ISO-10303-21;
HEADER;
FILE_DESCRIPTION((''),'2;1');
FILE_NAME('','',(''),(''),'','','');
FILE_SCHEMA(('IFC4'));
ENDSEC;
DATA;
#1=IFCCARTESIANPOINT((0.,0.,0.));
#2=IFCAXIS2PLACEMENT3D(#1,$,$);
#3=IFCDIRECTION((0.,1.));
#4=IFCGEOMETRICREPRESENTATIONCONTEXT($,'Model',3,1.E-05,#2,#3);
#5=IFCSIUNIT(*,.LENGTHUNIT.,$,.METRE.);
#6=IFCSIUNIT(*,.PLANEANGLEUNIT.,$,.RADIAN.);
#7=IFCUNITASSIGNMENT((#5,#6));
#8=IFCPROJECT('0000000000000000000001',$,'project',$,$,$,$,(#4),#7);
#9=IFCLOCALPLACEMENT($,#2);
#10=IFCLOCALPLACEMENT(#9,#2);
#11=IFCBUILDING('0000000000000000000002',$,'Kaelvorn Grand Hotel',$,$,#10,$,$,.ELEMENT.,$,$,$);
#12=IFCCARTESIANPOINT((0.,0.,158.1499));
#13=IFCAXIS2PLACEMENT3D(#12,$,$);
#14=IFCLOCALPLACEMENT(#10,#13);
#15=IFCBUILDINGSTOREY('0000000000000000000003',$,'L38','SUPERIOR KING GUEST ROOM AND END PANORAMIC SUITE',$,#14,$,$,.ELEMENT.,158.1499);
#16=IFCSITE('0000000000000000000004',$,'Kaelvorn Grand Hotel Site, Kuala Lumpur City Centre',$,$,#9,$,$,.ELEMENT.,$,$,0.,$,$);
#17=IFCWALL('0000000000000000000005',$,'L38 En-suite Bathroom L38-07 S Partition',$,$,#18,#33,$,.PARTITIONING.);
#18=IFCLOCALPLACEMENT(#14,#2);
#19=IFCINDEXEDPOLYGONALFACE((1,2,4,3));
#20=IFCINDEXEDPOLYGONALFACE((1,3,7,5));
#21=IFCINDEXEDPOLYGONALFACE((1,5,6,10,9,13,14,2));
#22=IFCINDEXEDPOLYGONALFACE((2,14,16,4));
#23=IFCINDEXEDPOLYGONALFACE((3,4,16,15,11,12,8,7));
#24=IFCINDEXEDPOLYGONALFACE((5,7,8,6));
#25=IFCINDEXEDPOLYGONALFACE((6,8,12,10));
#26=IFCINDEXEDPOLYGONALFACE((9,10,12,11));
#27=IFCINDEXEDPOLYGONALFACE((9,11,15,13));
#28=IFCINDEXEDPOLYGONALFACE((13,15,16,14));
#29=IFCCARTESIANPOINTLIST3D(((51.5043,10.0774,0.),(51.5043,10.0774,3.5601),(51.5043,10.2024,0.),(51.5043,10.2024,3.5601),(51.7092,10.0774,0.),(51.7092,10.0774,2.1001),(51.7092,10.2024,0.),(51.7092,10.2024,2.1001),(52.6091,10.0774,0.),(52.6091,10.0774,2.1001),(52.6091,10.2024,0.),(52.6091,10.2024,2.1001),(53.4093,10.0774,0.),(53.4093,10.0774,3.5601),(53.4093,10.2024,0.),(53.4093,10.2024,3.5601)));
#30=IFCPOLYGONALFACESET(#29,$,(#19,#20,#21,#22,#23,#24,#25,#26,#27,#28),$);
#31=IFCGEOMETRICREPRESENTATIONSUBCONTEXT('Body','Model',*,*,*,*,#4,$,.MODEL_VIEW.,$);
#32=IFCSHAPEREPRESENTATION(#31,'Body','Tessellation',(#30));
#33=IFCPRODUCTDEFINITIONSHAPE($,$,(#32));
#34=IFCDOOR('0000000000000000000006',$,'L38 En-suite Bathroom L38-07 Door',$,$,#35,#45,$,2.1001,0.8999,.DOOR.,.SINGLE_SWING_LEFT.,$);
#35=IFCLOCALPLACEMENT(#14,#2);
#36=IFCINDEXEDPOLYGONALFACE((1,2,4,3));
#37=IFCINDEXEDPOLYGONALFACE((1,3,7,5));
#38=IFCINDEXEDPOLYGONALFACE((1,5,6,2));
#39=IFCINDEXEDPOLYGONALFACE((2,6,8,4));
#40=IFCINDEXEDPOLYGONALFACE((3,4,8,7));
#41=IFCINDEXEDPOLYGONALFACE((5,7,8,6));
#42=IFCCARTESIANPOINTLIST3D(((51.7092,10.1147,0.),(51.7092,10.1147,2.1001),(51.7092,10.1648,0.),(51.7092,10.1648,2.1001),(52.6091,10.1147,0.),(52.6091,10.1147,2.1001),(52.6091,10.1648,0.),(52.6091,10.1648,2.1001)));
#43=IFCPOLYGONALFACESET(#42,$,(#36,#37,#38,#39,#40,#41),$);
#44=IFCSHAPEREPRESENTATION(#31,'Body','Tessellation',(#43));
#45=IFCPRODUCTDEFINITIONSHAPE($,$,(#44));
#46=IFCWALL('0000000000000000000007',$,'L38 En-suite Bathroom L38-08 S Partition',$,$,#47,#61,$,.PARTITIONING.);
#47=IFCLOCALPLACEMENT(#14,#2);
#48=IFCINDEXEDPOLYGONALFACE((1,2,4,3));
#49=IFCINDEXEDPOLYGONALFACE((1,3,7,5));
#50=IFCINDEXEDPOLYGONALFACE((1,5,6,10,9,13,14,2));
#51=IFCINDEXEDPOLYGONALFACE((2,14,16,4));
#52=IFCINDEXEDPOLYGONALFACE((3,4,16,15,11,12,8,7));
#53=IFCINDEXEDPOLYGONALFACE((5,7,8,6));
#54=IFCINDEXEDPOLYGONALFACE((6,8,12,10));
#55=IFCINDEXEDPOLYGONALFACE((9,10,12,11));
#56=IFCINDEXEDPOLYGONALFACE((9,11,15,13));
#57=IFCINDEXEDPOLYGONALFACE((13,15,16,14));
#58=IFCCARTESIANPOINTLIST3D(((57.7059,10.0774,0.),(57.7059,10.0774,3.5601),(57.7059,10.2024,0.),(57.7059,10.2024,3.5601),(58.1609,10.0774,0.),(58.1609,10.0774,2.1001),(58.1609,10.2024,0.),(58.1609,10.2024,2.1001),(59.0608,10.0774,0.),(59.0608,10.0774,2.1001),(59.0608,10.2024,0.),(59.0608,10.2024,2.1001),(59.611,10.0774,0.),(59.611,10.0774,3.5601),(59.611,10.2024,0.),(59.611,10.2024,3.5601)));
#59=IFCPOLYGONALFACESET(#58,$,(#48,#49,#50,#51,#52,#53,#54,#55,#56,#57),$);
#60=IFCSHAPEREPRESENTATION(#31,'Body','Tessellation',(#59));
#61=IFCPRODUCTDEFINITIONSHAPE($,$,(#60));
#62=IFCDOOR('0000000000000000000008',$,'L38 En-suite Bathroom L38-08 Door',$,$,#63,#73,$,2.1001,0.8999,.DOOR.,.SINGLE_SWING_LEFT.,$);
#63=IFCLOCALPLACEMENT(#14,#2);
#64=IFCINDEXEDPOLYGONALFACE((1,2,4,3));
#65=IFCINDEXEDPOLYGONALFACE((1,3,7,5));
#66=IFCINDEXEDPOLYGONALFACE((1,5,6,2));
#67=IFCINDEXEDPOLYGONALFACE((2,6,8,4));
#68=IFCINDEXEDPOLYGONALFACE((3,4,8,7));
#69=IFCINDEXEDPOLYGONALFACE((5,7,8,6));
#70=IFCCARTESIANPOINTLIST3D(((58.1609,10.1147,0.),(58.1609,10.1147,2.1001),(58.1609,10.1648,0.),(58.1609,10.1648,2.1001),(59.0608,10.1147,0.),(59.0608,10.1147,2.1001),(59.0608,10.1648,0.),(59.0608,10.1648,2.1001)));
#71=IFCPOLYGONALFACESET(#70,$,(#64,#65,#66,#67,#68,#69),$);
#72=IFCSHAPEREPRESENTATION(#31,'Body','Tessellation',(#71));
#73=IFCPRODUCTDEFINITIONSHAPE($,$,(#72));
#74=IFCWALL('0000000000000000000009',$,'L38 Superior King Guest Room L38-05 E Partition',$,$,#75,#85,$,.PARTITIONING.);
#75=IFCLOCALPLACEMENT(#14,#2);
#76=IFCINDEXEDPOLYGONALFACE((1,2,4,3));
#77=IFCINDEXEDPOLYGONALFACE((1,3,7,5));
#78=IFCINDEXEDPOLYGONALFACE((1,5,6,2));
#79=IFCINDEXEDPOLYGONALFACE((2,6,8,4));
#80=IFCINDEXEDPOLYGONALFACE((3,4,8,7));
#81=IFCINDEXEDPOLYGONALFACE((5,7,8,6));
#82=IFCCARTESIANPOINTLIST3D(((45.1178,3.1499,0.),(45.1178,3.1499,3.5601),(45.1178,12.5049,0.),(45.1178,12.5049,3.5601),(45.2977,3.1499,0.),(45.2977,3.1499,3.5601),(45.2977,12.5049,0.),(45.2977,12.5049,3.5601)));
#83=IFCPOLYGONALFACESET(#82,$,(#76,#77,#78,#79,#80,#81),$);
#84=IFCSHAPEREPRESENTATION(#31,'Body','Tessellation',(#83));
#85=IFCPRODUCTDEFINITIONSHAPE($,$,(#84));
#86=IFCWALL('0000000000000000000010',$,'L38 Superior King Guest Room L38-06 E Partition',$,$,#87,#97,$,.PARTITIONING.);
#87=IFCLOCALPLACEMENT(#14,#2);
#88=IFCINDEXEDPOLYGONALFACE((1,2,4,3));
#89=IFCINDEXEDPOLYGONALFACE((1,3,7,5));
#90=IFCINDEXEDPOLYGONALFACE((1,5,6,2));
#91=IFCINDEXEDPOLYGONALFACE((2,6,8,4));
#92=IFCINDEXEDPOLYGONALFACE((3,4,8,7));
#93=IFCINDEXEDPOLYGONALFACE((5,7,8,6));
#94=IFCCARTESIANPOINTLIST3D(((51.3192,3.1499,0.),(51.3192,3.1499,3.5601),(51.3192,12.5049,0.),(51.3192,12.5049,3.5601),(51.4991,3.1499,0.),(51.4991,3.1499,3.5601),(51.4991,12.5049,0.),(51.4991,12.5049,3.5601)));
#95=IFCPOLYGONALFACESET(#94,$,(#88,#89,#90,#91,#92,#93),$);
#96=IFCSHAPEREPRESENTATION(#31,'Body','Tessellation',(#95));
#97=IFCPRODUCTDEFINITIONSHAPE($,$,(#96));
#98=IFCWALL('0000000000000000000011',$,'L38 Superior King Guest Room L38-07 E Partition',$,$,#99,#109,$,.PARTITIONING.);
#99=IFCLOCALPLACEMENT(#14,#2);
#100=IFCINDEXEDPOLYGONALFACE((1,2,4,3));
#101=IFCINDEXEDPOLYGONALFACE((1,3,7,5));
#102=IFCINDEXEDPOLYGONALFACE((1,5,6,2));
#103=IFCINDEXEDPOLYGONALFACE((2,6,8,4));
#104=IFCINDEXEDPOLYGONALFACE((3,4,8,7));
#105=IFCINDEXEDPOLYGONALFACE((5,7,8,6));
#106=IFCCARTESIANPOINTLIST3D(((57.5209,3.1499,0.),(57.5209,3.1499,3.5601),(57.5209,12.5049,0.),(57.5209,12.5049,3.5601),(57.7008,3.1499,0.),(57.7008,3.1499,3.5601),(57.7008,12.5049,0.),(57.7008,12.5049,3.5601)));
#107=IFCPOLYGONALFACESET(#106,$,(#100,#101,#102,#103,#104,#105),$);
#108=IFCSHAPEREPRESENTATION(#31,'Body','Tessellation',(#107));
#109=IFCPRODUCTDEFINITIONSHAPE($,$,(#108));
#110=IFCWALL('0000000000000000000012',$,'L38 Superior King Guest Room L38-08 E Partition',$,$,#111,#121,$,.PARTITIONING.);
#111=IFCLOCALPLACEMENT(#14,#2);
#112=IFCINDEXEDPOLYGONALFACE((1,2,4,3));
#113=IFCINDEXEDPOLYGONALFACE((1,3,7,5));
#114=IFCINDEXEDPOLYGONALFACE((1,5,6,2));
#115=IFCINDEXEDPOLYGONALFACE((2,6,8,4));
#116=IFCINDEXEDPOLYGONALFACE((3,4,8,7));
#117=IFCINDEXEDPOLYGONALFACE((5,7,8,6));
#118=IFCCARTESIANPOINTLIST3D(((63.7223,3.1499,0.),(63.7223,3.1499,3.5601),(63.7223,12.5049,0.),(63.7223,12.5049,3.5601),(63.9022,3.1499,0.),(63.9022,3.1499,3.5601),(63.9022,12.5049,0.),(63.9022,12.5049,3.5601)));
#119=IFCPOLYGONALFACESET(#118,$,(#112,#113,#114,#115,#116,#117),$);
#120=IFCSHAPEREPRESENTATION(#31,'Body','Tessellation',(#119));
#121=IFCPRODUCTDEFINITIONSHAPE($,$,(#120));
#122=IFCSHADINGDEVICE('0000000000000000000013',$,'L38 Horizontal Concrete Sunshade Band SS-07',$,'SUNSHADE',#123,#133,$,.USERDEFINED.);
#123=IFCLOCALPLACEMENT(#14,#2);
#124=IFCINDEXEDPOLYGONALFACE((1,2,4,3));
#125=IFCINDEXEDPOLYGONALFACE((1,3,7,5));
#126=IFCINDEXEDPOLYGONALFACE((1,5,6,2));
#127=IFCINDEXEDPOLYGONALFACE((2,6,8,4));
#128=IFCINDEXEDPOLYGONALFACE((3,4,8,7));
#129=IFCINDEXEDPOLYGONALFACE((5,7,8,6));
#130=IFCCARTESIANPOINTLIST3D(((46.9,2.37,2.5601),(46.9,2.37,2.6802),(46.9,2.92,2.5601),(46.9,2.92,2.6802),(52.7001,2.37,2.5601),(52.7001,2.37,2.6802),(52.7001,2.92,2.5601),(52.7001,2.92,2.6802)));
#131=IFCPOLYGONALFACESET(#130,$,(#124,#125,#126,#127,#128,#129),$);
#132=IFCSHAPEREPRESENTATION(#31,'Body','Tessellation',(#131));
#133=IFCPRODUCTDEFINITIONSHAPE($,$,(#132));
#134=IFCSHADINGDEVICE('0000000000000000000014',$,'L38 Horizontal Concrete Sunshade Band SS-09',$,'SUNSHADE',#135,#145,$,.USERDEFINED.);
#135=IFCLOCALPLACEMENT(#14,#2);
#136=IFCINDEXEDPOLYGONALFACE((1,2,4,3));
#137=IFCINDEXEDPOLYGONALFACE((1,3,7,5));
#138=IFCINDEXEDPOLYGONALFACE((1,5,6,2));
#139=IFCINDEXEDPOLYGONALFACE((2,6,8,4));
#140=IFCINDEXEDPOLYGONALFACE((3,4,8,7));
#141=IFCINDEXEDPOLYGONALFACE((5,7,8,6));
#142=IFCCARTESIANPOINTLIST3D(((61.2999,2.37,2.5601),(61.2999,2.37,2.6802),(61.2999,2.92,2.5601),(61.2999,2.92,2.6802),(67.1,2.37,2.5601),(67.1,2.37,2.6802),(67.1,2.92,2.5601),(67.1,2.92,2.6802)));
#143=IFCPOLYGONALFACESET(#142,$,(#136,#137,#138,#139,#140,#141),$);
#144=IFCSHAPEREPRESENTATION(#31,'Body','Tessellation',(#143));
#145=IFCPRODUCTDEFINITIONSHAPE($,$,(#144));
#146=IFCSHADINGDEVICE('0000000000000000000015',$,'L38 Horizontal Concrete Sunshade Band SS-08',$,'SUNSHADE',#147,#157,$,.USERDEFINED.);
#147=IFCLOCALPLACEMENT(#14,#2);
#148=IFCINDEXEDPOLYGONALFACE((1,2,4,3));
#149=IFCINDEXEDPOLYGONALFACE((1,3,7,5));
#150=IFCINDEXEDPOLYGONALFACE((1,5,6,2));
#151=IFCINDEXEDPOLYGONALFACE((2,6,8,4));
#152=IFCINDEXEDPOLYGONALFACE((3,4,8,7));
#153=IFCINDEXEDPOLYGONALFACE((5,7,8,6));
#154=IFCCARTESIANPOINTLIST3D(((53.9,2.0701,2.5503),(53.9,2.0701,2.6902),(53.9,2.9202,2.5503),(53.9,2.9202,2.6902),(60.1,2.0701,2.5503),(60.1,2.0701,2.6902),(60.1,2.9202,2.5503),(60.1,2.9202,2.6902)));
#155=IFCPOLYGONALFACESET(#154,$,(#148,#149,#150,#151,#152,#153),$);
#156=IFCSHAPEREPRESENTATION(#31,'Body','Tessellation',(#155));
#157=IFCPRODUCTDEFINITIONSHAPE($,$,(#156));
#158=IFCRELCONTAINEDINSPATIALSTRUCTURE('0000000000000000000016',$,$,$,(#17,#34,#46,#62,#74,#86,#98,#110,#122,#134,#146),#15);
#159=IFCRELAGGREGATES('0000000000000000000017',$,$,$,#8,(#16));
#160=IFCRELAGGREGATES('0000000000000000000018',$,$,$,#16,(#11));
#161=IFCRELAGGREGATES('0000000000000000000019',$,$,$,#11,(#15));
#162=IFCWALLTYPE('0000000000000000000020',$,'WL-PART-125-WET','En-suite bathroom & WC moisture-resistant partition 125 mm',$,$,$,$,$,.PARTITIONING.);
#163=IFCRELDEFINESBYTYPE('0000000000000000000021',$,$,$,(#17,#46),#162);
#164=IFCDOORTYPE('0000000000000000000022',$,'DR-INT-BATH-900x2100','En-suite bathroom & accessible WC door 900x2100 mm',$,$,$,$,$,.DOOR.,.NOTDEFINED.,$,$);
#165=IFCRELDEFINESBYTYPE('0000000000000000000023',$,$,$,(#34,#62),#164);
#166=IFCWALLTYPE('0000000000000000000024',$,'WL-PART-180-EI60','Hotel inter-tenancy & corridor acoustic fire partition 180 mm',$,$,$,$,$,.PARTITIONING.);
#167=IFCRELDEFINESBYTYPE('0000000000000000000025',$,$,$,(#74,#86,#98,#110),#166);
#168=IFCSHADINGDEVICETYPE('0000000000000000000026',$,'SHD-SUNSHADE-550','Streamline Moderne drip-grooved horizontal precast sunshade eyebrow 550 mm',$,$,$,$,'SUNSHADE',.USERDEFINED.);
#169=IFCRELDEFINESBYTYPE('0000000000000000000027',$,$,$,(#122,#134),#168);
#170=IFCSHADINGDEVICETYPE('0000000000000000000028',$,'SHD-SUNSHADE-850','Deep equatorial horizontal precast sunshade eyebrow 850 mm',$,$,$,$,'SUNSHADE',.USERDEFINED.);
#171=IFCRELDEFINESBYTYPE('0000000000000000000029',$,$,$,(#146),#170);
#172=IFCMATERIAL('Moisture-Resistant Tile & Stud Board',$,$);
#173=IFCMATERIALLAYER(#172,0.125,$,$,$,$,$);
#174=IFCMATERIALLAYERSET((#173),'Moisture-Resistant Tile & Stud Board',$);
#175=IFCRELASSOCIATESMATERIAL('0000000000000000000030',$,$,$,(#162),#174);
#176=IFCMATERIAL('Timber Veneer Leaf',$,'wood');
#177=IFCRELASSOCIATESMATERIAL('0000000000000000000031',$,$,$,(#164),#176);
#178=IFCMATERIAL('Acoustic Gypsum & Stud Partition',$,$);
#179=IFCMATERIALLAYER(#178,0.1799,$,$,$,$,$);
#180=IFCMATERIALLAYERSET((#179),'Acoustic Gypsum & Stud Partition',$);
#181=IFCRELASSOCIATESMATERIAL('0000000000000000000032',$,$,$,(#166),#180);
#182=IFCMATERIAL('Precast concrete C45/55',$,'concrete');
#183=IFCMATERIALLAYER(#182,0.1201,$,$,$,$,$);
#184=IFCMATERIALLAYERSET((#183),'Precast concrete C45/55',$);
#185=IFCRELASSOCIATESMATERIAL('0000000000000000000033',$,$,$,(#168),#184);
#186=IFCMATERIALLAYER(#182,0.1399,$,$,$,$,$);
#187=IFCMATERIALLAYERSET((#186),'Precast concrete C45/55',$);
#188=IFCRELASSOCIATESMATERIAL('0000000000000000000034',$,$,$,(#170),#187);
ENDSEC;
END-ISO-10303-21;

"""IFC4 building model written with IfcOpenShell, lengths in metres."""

from ifc_helpers import new_model, si_unit, direction, frame, frame_2d, origin, origin_2d, place, context, subcontext, project, spatial, rectangle, extrude, material, layer, layer_set, type_object, element, fill, save


model = new_model("IFC4")

# Units and contexts
model_context = context("Model", 3, precision=1e-05, world=origin(), true_north=direction((0.0, 1.0)))
body_context = subcontext(model_context, "Body", "Model", "MODEL_VIEW")
ifc_project = project(units=[si_unit("LENGTHUNIT", "METRE"), si_unit("PLANEANGLEUNIT", "RADIAN")], contexts=[model_context])

# Site, building, storey
site_placement = place(None, origin())
site = spatial("IfcSite", under=ifc_project, at=site_placement, Name="Kaelvorn Grand Hotel Site, Kuala Lumpur City Centre", CompositionType="ELEMENT", RefElevation=0.0)
building_placement = place(site_placement, origin())
building = spatial("IfcBuilding", under=site, at=building_placement, Name="Kaelvorn Grand Hotel", CompositionType="ELEMENT")
storey_placement = place(building_placement, frame((0.0, 0.0, 158.1499)))
storey = spatial("IfcBuildingStorey", under=building, at=storey_placement, Name="L38", Description="SUPERIOR KING GUEST ROOM AND END PANORAMIC SUITE", CompositionType="ELEMENT", Elevation=158.1499)

# Shared definitions
ifc_material_1 = material(Name="Moisture-Resistant Tile & Stud Board")
ifc_layer_1 = layer(ifc_material_1, 0.125)
ifc_layer_set_1 = layer_set([ifc_layer_1], Name="Moisture-Resistant Tile & Stud Board")
wall_type_1 = type_object("IfcWallType", Name="WL-PART-125-WET", Description="En-suite bathroom & WC moisture-resistant partition 125 mm", PredefinedType="PARTITIONING", material=ifc_layer_set_1)
ifc_material_2 = material(Name="Timber Veneer Leaf", Category="wood")
door_type = type_object("IfcDoorType", Name="DR-INT-BATH-900x2100", Description="En-suite bathroom & accessible WC door 900x2100 mm", OperationType="NOTDEFINED", PredefinedType="DOOR", material=ifc_material_2)

# Walls, openings, doors
wall_1_placement = place(storey_placement, frame((51.5042, 10.1399, 0.0), z_axis=(0.0, 0.0, 1.0), x_axis=(1.0, 0.0, 0.0)))
wall_1 = element("IfcWall", 1, at=wall_1_placement, inside=storey, type_object=wall_type_1, Name="L38 En-suite Bathroom L38-07 S Partition", PredefinedType="PARTITIONING", context=body_context, shape_type="SweptSolid", body=[
    extrude(rectangle(XDim=1.905, YDim=0.125, at=frame_2d((0.9526, 0.0))), origin(), (0.0, 0.0, 1.0), 3.5601),
])
opening_1_placement = place(wall_1_placement, frame((0.2051, 0.0, 0.0)))
opening_1 = element("IfcOpeningElement", 2, at=opening_1_placement, cuts=wall_1, PredefinedType="OPENING", context=body_context, shape_type="SweptSolid", body=[
    extrude(rectangle(XDim=0.8999, YDim=2.1001, at=frame_2d((0.45, 1.05))), frame((0.0, 0.0725, 0.0), z_axis=(0.0, -1.0, 0.0), x_axis=(1.0, 0.0, 0.0)), (0.0, 0.0, 1.0), 0.145),
])
door_1_placement = place(opening_1_placement, origin())
door_1 = element("IfcDoor", 3, at=door_1_placement, inside=storey, type_object=door_type, Name="L38 En-suite Bathroom L38-07 Door", OperationType="SINGLE_SWING_LEFT", OverallHeight=2.1001, OverallWidth=0.8999, PredefinedType="DOOR", context=body_context, shape_type="SweptSolid", body=[
    extrude(rectangle(XDim=0.8999, YDim=2.1001, at=frame_2d((0.45, 1.05))), frame((0.0, 0.0249, 0.0), z_axis=(0.0, -1.0, 0.0), x_axis=(1.0, 0.0, 0.0)), (0.0, 0.0, 1.0), 0.05),
])
fill(opening_1, door_1)
wall_2_placement = place(storey_placement, frame((57.7058, 10.1399, 0.0), z_axis=(0.0, 0.0, 1.0), x_axis=(1.0, 0.0, 0.0)))
wall_2 = element("IfcWall", 4, at=wall_2_placement, inside=storey, type_object=wall_type_1, Name="L38 En-suite Bathroom L38-08 S Partition", PredefinedType="PARTITIONING", context=body_context, shape_type="SweptSolid", body=[
    extrude(rectangle(XDim=1.905, YDim=0.125, at=frame_2d((0.9526, 0.0))), origin(), (0.0, 0.0, 1.0), 3.5601),
])
opening_2_placement = place(wall_2_placement, frame((0.4551, 0.0, 0.0)))
opening_2 = element("IfcOpeningElement", 5, at=opening_2_placement, cuts=wall_2, PredefinedType="OPENING", context=body_context, shape_type="SweptSolid", body=[
    extrude(rectangle(XDim=0.8999, YDim=2.1001, at=frame_2d((0.45, 1.05))), frame((0.0, 0.0725, 0.0), z_axis=(0.0, -1.0, 0.0), x_axis=(1.0, 0.0, 0.0)), (0.0, 0.0, 1.0), 0.145),
])
door_2_placement = place(opening_2_placement, origin())
door_2 = element("IfcDoor", 6, at=door_2_placement, inside=storey, type_object=door_type, Name="L38 En-suite Bathroom L38-08 Door", OperationType="SINGLE_SWING_LEFT", OverallHeight=2.1001, OverallWidth=0.8999, PredefinedType="DOOR", context=body_context, shape_type="SweptSolid", body=[
    extrude(rectangle(XDim=0.8999, YDim=2.1001, at=frame_2d((0.45, 1.05))), frame((0.0, 0.0249, 0.0), z_axis=(0.0, -1.0, 0.0), x_axis=(1.0, 0.0, 0.0)), (0.0, 0.0, 1.0), 0.05),
])
fill(opening_2, door_2)

# Walls
ifc_material_3 = material(Name="Acoustic Gypsum & Stud Partition")
ifc_layer_2 = layer(ifc_material_3, 0.1799)
ifc_layer_set_2 = layer_set([ifc_layer_2], Name="Acoustic Gypsum & Stud Partition")
wall_type_2 = type_object("IfcWallType", Name="WL-PART-180-EI60", Description="Hotel inter-tenancy & corridor acoustic fire partition 180 mm", PredefinedType="PARTITIONING", material=ifc_layer_set_2)
for number, where, z_axis, x_axis, name in (
    (7, (45.2078, 3.1499, 0.0), (0.0, 0.0, 1.0), (0.0, 1.0, 0.0), "L38 Superior King Guest Room L38-05 E Partition"),
    (8, (51.4092, 3.1499, 0.0), (0.0, 0.0, 1.0), (0.0, 1.0, 0.0), "L38 Superior King Guest Room L38-06 E Partition"),
    (9, (57.6108, 3.1499, 0.0), (0.0, 0.0, 1.0), (0.0, 1.0, 0.0), "L38 Superior King Guest Room L38-07 E Partition"),
    (10, (63.8123, 3.1499, 0.0), (0.0, 0.0, 1.0), (0.0, 1.0, 0.0), "L38 Superior King Guest Room L38-08 E Partition"),
):
    element("IfcWall", number, at=place(storey_placement, frame(where, z_axis=z_axis, x_axis=x_axis)), inside=storey, type_object=wall_type_2, Name=name, PredefinedType="PARTITIONING", context=body_context, shape_type="SweptSolid", body=[
        extrude(rectangle(XDim=9.355, YDim=0.1799, at=frame_2d((4.6775, 0.0))), origin(), (0.0, 0.0, 1.0), 3.5601),
    ])

# Shading devices
ifc_material_4 = material(Name="Precast concrete C45/55", Category="concrete")
ifc_layer_3 = layer(ifc_material_4, 0.1201)
ifc_layer_set_3 = layer_set([ifc_layer_3], Name="Precast concrete C45/55")
shading_device_type_1 = type_object("IfcShadingDeviceType", Name="SHD-SUNSHADE-550", Description="Streamline Moderne drip-grooved horizontal precast sunshade eyebrow 550 mm", ElementType="SUNSHADE", PredefinedType="USERDEFINED", material=ifc_layer_set_3)
for number, where, z_axis, x_axis, name in (
    (11, (49.8, 2.645, 2.5601), (0.0, 0.0, 1.0), (1.0, 0.0, 0.0), "L38 Horizontal Concrete Sunshade Band SS-07"),
    (12, (64.2, 2.645, 2.5601), (0.0, 0.0, 1.0), (1.0, 0.0, 0.0), "L38 Horizontal Concrete Sunshade Band SS-09"),
):
    element("IfcShadingDevice", number, at=place(storey_placement, frame(where, z_axis=z_axis, x_axis=x_axis)), inside=storey, type_object=shading_device_type_1, Name=name, ObjectType="SUNSHADE", PredefinedType="USERDEFINED", context=body_context, shape_type="SweptSolid", body=[
        extrude(rectangle(XDim=5.8, YDim=0.55, at=origin_2d()), origin(), (0.0, 0.0, 1.0), 0.1201),
    ])
ifc_layer_4 = layer(ifc_material_4, 0.1399)
ifc_layer_set_4 = layer_set([ifc_layer_4], Name="Precast concrete C45/55")
shading_device_type_2 = type_object("IfcShadingDeviceType", Name="SHD-SUNSHADE-850", Description="Deep equatorial horizontal precast sunshade eyebrow 850 mm", ElementType="SUNSHADE", PredefinedType="USERDEFINED", material=ifc_layer_set_4)
shading_device_placement = place(storey_placement, frame((57.0, 2.4951, 2.5503), z_axis=(0.0, 0.0, 1.0), x_axis=(1.0, 0.0, 0.0)))
element("IfcShadingDevice", 13, at=shading_device_placement, inside=storey, type_object=shading_device_type_2, Name="L38 Horizontal Concrete Sunshade Band SS-08", ObjectType="SUNSHADE", PredefinedType="USERDEFINED", context=body_context, shape_type="SweptSolid", body=[
    extrude(rectangle(XDim=6.2, YDim=0.8501, at=origin_2d()), origin(), (0.0, 0.0, 1.0), 0.1399),
])

save(model, "model.ifc")
